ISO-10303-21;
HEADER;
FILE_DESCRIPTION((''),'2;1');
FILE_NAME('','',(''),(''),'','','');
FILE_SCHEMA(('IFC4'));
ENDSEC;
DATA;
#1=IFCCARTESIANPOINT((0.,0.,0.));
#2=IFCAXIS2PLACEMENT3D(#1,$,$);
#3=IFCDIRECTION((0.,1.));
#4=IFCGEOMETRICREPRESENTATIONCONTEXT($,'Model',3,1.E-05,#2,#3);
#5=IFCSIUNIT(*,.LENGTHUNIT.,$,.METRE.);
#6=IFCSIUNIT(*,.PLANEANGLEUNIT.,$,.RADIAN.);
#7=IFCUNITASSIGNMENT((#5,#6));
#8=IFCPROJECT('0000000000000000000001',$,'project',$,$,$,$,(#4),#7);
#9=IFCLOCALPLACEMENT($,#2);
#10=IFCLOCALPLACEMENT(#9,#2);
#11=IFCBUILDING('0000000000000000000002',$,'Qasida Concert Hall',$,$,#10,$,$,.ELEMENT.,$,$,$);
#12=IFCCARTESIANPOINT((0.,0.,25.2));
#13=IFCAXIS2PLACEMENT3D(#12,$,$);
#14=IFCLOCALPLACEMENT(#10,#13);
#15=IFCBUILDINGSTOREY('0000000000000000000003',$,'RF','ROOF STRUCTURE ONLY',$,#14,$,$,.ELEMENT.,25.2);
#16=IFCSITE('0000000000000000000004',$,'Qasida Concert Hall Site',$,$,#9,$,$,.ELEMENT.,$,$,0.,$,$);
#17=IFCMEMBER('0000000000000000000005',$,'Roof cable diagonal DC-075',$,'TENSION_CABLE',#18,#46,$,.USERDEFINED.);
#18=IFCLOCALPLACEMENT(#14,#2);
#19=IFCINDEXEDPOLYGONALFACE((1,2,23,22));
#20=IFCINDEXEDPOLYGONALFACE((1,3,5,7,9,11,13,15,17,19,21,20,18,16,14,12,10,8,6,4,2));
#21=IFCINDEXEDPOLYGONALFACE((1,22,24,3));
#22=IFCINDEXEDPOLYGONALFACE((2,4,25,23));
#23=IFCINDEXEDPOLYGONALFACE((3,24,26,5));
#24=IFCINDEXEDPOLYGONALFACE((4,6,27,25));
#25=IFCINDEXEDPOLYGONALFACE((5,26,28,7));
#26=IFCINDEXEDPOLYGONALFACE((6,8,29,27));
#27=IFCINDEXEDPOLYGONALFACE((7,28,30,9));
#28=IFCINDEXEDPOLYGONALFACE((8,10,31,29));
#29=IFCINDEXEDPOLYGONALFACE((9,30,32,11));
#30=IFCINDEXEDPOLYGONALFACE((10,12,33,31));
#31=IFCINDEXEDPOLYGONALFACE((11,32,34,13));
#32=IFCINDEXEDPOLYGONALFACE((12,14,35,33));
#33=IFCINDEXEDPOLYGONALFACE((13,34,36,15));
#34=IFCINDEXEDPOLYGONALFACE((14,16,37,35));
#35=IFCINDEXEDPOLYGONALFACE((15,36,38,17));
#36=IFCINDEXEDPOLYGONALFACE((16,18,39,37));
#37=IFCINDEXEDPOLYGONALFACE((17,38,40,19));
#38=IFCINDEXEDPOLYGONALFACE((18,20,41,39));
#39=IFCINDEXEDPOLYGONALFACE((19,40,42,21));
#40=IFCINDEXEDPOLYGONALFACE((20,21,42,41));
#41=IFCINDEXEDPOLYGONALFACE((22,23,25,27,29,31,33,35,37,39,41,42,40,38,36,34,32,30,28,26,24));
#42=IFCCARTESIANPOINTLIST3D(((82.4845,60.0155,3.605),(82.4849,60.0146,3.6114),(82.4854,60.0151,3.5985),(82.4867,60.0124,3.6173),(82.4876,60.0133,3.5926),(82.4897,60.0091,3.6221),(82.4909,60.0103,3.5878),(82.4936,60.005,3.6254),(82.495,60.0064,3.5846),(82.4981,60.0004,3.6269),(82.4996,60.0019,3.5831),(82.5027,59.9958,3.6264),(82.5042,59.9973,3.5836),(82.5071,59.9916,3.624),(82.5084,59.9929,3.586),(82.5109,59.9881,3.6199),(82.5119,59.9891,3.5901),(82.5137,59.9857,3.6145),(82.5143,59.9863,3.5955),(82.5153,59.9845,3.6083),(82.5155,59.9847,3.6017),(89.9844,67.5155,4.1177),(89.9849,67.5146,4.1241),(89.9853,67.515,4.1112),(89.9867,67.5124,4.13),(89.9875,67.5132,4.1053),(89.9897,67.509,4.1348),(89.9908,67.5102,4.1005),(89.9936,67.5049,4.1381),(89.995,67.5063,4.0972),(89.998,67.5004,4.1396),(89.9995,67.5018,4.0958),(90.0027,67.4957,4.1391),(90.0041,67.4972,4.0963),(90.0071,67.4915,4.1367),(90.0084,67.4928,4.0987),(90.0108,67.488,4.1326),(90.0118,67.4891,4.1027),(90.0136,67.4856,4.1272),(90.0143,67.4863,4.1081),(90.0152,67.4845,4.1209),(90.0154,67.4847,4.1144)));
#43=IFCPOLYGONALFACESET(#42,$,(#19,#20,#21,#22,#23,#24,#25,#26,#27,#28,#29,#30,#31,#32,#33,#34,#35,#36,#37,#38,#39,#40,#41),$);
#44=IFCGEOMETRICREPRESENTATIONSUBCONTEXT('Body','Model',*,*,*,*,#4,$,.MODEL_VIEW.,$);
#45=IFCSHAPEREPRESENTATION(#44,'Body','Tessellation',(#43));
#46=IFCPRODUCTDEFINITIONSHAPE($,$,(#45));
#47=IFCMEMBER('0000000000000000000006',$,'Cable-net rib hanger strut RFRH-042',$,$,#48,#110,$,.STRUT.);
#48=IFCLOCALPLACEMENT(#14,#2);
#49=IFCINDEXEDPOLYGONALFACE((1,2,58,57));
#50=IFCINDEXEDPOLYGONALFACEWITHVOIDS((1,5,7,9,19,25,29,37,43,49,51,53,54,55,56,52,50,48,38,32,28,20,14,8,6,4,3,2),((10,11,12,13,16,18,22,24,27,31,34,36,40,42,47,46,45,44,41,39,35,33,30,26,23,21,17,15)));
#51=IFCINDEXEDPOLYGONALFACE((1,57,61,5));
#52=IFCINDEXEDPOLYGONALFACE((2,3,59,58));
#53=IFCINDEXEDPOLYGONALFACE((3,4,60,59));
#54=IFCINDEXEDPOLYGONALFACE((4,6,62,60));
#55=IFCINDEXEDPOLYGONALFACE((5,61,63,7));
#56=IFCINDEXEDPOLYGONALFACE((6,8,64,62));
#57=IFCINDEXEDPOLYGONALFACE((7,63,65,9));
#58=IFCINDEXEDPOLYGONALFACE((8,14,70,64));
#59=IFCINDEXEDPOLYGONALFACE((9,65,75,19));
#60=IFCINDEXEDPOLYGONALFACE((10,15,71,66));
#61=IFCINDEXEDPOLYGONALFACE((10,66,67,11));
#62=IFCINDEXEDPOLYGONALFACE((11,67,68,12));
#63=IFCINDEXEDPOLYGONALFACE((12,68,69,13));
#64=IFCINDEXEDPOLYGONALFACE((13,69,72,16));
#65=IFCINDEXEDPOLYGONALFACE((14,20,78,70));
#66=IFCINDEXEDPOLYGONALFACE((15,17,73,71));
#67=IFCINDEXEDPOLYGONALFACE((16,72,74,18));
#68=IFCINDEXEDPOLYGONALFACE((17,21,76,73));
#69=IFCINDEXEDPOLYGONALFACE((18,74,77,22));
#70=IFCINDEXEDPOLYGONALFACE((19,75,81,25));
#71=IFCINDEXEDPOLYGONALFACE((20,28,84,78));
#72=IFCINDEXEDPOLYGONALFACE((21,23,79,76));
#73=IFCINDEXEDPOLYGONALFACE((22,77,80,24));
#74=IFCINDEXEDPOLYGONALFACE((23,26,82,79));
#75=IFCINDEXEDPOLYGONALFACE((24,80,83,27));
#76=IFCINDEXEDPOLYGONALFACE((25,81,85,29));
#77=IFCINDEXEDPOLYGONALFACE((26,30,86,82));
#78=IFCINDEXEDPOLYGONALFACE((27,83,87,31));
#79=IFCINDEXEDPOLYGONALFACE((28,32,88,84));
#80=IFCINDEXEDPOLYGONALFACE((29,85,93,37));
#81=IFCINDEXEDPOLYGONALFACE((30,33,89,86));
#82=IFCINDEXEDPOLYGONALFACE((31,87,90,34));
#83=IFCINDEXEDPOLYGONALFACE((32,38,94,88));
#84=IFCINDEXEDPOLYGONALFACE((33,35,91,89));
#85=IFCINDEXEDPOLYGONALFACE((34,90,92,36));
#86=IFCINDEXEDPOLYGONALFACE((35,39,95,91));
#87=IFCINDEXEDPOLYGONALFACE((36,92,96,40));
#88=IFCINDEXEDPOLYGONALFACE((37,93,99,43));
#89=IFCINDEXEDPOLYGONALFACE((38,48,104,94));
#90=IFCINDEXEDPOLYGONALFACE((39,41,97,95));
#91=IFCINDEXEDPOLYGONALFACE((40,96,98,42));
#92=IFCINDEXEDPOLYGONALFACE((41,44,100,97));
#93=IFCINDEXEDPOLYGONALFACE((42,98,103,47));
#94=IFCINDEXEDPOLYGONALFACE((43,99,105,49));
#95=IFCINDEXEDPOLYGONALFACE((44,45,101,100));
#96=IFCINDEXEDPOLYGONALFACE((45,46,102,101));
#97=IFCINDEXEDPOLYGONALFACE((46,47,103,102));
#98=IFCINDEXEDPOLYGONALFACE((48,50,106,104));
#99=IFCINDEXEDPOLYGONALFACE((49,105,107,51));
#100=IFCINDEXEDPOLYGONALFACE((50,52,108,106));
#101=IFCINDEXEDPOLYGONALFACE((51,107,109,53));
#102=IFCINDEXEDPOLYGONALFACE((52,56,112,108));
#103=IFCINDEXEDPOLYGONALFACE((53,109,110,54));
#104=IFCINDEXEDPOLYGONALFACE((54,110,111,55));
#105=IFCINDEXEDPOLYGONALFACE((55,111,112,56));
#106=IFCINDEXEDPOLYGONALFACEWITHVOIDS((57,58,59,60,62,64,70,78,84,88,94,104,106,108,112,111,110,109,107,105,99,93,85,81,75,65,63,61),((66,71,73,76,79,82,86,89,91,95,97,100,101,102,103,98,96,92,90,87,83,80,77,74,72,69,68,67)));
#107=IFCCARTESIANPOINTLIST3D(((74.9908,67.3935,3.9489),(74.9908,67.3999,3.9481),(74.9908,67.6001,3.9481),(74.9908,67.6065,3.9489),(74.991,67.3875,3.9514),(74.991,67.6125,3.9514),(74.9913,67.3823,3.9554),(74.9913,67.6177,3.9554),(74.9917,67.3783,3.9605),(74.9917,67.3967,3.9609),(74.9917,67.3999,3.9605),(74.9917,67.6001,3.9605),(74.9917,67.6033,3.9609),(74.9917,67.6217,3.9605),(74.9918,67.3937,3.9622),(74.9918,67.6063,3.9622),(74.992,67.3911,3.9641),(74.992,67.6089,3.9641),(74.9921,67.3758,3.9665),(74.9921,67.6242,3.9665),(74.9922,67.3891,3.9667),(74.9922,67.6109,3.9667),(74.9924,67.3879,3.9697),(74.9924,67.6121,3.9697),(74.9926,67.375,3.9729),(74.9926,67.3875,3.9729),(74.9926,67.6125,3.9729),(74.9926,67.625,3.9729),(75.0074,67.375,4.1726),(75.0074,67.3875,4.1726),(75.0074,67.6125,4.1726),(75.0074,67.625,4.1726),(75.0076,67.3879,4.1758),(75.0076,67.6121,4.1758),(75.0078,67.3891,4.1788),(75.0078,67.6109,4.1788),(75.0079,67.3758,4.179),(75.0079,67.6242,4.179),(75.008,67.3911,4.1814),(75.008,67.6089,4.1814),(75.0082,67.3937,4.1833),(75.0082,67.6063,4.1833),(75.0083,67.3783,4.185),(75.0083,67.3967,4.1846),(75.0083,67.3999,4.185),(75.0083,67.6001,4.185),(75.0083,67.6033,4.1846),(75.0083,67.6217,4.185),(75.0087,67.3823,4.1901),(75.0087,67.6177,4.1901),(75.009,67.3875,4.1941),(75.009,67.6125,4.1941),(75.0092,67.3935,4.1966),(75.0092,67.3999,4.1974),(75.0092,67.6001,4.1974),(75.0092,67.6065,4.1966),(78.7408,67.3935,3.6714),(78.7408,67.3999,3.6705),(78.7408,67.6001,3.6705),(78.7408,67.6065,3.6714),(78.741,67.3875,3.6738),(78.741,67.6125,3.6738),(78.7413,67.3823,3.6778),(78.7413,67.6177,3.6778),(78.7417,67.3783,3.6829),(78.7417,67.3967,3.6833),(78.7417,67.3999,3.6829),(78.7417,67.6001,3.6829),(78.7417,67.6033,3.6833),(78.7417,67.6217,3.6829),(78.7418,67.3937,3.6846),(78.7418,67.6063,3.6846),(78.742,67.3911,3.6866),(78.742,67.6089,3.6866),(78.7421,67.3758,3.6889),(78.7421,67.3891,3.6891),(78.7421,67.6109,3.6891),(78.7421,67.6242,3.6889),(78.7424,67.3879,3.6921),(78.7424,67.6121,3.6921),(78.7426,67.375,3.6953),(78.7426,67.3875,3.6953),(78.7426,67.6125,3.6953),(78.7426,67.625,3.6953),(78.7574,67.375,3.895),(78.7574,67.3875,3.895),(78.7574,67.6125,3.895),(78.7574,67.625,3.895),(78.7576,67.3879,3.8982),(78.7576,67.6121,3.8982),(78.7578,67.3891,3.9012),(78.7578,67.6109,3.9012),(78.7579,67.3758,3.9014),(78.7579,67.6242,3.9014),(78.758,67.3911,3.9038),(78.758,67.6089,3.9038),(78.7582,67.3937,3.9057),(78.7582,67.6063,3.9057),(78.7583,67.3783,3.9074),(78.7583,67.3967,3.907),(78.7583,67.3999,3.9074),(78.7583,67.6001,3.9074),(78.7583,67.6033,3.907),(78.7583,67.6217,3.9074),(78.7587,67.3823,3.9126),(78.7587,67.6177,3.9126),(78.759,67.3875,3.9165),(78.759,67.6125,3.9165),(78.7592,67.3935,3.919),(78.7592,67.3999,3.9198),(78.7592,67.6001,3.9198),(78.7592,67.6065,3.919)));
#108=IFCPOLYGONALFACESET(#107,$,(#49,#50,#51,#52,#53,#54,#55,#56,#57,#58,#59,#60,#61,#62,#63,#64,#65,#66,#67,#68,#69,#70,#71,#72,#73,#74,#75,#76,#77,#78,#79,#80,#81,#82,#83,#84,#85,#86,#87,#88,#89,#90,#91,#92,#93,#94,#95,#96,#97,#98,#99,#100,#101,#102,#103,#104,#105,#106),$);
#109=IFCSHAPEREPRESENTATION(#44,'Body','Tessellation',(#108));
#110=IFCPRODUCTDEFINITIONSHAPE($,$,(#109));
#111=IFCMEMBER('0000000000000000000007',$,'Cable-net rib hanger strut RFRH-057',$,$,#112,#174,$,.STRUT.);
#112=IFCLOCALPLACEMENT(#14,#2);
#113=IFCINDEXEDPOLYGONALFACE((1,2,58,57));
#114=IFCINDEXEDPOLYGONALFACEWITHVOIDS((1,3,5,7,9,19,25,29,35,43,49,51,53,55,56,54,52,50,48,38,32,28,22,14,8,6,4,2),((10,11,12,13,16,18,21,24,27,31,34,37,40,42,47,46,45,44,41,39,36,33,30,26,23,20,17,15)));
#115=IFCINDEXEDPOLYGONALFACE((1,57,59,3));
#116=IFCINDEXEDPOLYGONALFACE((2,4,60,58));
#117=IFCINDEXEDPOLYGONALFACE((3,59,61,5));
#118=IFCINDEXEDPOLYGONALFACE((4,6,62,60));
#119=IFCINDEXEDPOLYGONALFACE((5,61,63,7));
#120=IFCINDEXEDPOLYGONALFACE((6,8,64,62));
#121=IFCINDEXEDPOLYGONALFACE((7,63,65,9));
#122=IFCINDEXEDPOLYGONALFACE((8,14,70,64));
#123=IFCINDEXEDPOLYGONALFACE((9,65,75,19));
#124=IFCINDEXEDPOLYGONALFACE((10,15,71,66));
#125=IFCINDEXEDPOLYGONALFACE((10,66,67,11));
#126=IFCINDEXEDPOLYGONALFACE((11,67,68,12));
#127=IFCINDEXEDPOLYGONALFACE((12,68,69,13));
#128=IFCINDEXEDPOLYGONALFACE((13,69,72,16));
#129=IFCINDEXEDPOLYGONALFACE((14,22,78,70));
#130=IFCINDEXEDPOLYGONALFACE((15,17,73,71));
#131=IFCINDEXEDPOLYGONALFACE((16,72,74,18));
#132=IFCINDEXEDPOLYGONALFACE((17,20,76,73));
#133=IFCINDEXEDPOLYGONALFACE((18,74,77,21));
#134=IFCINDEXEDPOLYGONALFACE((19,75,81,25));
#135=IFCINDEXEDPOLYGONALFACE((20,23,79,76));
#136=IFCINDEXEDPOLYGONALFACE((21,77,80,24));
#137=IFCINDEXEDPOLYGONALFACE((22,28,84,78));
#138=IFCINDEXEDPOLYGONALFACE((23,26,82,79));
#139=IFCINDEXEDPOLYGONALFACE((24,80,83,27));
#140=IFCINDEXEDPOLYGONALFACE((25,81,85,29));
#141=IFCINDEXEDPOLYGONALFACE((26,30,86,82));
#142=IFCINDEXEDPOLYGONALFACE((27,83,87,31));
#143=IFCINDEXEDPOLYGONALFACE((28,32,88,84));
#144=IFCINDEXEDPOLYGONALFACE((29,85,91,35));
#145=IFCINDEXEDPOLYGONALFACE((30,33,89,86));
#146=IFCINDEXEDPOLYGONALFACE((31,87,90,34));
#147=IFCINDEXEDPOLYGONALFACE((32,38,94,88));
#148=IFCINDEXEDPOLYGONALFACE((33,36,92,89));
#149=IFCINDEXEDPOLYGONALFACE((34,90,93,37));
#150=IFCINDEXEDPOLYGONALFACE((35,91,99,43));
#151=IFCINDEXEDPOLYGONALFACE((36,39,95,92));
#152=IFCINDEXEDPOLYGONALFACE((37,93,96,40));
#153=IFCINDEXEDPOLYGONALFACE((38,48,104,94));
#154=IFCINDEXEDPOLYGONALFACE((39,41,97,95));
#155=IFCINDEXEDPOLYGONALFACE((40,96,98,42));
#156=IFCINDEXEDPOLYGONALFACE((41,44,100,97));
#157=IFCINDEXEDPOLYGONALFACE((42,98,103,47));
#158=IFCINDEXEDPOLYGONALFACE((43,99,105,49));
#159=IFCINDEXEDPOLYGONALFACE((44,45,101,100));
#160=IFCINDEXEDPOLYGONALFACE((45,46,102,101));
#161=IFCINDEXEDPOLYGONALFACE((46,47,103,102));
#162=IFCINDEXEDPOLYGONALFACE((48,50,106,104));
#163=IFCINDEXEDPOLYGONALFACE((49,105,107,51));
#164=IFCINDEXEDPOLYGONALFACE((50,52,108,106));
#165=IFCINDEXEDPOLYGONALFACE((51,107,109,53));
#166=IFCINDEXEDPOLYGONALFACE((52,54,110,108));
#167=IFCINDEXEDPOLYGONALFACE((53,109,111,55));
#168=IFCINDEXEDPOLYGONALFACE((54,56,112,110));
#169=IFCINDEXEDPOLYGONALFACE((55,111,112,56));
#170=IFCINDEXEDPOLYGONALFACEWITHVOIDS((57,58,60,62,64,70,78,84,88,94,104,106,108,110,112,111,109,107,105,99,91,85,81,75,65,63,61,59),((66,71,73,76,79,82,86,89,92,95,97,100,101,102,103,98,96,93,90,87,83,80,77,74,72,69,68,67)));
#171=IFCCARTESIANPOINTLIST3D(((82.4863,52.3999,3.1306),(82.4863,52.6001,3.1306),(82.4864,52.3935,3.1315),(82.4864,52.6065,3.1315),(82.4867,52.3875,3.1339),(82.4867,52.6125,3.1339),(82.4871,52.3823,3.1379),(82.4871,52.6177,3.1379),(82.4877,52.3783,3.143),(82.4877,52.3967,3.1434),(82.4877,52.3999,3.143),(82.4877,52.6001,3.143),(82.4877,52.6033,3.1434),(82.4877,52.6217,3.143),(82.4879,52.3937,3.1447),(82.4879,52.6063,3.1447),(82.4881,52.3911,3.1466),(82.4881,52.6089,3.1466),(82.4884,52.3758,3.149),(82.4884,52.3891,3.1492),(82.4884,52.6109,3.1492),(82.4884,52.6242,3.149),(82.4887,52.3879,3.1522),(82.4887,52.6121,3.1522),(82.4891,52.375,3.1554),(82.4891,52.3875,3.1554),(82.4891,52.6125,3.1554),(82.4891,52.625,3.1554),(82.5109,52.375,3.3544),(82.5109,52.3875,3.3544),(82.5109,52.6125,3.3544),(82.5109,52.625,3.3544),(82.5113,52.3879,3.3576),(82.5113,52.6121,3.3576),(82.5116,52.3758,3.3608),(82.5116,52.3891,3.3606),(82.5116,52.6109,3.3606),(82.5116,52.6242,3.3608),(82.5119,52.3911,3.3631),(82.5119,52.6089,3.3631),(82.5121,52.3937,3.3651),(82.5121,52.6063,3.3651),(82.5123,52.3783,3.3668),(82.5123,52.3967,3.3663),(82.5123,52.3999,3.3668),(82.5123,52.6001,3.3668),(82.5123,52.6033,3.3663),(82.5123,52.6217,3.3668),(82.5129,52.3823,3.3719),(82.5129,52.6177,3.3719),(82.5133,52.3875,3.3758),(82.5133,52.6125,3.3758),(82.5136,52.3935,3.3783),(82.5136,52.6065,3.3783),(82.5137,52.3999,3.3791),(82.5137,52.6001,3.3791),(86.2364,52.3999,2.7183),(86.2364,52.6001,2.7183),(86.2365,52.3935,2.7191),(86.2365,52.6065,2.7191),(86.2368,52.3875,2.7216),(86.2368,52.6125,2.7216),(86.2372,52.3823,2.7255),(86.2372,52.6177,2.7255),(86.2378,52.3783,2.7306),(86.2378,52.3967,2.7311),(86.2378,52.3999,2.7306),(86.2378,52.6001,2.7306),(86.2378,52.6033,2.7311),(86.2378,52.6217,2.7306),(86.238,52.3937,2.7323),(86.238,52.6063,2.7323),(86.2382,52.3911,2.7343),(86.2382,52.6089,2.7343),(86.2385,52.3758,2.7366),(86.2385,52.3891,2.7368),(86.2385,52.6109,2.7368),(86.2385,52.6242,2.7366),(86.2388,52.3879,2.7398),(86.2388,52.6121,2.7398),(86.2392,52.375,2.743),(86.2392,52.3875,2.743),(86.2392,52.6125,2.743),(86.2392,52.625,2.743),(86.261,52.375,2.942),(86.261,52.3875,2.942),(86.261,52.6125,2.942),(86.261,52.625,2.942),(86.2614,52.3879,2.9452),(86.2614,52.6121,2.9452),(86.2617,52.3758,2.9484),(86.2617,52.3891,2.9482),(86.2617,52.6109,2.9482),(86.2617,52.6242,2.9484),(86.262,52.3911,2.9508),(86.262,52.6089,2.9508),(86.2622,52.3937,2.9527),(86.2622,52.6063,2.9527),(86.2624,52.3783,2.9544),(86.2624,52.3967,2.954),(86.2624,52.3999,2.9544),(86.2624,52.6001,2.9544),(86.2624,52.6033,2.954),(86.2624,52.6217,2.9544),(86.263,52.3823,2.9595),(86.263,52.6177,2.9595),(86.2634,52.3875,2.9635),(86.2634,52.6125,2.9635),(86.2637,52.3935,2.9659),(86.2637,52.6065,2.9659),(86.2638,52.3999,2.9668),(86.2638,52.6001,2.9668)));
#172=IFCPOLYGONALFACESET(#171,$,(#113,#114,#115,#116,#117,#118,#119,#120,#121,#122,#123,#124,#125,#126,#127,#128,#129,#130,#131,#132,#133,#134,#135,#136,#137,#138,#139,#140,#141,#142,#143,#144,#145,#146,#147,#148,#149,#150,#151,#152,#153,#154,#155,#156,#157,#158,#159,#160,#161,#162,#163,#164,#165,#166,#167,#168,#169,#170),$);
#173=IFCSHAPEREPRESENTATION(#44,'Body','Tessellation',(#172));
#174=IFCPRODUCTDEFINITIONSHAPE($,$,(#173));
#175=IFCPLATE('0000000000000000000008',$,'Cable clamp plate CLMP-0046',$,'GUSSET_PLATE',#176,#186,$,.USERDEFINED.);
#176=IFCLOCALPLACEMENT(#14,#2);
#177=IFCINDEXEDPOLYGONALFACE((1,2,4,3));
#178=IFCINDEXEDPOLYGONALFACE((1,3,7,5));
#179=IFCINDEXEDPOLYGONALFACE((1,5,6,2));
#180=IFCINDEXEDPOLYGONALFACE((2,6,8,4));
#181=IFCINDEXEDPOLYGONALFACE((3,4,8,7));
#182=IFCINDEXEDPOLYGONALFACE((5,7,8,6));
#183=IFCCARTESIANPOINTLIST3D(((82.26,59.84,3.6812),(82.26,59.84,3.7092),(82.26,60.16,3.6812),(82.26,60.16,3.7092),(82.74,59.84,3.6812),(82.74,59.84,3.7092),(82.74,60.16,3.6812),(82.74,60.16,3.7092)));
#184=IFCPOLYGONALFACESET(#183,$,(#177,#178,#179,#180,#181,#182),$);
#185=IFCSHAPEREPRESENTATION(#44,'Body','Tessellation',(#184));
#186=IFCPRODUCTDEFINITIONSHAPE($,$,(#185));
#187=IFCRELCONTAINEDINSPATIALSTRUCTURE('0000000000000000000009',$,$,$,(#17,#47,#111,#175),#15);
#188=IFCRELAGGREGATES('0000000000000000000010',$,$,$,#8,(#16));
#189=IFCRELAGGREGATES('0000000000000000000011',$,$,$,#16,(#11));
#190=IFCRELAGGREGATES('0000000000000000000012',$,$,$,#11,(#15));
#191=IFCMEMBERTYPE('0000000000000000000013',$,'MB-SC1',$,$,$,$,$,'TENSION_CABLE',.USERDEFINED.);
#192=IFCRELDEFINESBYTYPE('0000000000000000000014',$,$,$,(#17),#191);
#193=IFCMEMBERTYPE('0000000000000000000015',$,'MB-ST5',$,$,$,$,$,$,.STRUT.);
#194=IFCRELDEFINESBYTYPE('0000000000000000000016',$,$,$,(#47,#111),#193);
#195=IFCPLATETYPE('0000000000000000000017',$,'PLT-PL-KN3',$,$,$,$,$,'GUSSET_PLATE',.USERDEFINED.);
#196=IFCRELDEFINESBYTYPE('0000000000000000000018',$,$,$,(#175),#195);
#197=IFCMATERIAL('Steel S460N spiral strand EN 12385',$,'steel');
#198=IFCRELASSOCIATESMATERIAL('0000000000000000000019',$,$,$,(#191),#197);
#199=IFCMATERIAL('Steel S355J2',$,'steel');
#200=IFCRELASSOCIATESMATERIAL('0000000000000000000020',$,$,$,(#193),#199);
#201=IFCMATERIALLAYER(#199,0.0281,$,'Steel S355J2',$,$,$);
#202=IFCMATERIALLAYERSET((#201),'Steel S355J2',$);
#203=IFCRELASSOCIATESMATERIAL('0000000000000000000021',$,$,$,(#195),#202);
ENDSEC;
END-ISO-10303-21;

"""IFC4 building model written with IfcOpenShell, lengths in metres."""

from ifc_helpers import new_model, si_unit, direction, frame, origin, origin_2d, place, context, subcontext, project, spatial, rectangle, hollow_rectangle, circle, extrude, material, layer, layer_set, material_profile, profile_set, type_object, element, save


model = new_model("IFC4")

# Units and contexts
model_context = context("Model", 3, precision=1e-05, world=origin(), true_north=direction((0.0, 1.0)))
body_context = subcontext(model_context, "Body", "Model", "MODEL_VIEW")
ifc_project = project(units=[si_unit("LENGTHUNIT", "METRE"), si_unit("PLANEANGLEUNIT", "RADIAN")], contexts=[model_context])

# Site, building, storey
site_placement = place(None, origin())
site = spatial("IfcSite", under=ifc_project, at=site_placement, Name="Qasida Concert Hall Site", CompositionType="ELEMENT", RefElevation=0.0)
building_placement = place(site_placement, origin())
building = spatial("IfcBuilding", under=site, at=building_placement, Name="Qasida Concert Hall", CompositionType="ELEMENT")
storey_placement = place(building_placement, frame((0.0, 0.0, 25.2)))
storey = spatial("IfcBuildingStorey", under=building, at=storey_placement, Name="RF", Description="ROOF STRUCTURE ONLY", CompositionType="ELEMENT", Elevation=25.2)

# Members
ifc_material_1 = material(Name="Steel S460N spiral strand EN 12385", Category="steel")
ifc_material_2 = material(Name="Steel S355J2", Category="steel")
ifc_material_profile_1 = material_profile(ifc_material_1, circle(Radius=0.022, at=origin_2d()), Name="STRAND D44")
ifc_profile_set_1 = profile_set([ifc_material_profile_1], Name="Steel S460N spiral strand EN 12385")
member_type_1 = type_object("IfcMemberType", Name="MB-SC1", ElementType="TENSION_CABLE", PredefinedType="USERDEFINED", material=ifc_profile_set_1)
member_1_placement = place(storey_placement, frame((82.5, 60.0, 3.605), z_axis=(0.706282, 0.706282, 0.048281), x_axis=(-0.707107, 0.707107, 0.0)))
element("IfcMember", 1, at=member_1_placement, inside=storey, type_object=member_type_1, Name="Roof cable diagonal DC-075", ObjectType="TENSION_CABLE", PredefinedType="USERDEFINED", context=body_context, shape_type="SweptSolid", body=[
    extrude(circle(Radius=0.022, at=origin_2d()), origin(), (0.0, 0.0, 1.0), 10.6189),
])
ifc_material_profile_2 = material_profile(ifc_material_2, hollow_rectangle(XDim=0.25, YDim=0.25, WallThickness=0.0125, InnerFilletRadius=0.0125, OuterFilletRadius=0.0249, at=origin_2d()), Name="SHS 250x250x12.5")
ifc_profile_set_2 = profile_set([ifc_material_profile_2], Name="Steel S355J2")
member_type_2 = type_object("IfcMemberType", Name="MB-ST5", PredefinedType="STRUT", material=ifc_profile_set_2)
member_2_placement = place(storey_placement, frame((75.0, 67.5, 4.0728), z_axis=(0.997271, 0.0, -0.073821), x_axis=(0.0, 1.0, 0.0)))
element("IfcMember", 2, at=member_2_placement, inside=storey, type_object=member_type_2, Name="Cable-net rib hanger strut RFRH-042", PredefinedType="STRUT", context=body_context, shape_type="SweptSolid", body=[
    extrude(hollow_rectangle(XDim=0.25, YDim=0.25, WallThickness=0.0125, InnerFilletRadius=0.0125, OuterFilletRadius=0.0249, at=origin_2d()), origin(), (0.0, 0.0, 1.0), 3.7603),
])
member_3_placement = place(storey_placement, frame((82.5, 52.5, 3.2549), z_axis=(0.994009, 0.0, -0.109302), x_axis=(0.0, 1.0, 0.0)))
element("IfcMember", 3, at=member_3_placement, inside=storey, type_object=member_type_2, Name="Cable-net rib hanger strut RFRH-057", PredefinedType="STRUT", context=body_context, shape_type="SweptSolid", body=[
    extrude(hollow_rectangle(XDim=0.25, YDim=0.25, WallThickness=0.0125, InnerFilletRadius=0.0125, OuterFilletRadius=0.0249, at=origin_2d()), origin(), (0.0, 0.0, 1.0), 3.7727),
])

# Plate
ifc_layer_1 = layer(ifc_material_2, 0.0281, Name="Steel S355J2")
ifc_layer_set_1 = layer_set([ifc_layer_1], Name="Steel S355J2")
plate_type = type_object("IfcPlateType", Name="PLT-PL-KN3", ElementType="GUSSET_PLATE", PredefinedType="USERDEFINED", material=ifc_layer_set_1)
plate_placement = place(storey_placement, frame((82.5, 60.0, 3.6812), z_axis=(0.0, 0.0, 1.0), x_axis=(1.0, 0.0, 0.0)))
element("IfcPlate", 4, at=plate_placement, inside=storey, type_object=plate_type, Name="Cable clamp plate CLMP-0046", ObjectType="GUSSET_PLATE", PredefinedType="USERDEFINED", context=body_context, shape_type="SweptSolid", body=[
    extrude(rectangle(XDim=0.48, YDim=0.3201, at=origin_2d()), origin(), (0.0, 0.0, 1.0), 0.0281),
])

save(model, "model.ifc")
